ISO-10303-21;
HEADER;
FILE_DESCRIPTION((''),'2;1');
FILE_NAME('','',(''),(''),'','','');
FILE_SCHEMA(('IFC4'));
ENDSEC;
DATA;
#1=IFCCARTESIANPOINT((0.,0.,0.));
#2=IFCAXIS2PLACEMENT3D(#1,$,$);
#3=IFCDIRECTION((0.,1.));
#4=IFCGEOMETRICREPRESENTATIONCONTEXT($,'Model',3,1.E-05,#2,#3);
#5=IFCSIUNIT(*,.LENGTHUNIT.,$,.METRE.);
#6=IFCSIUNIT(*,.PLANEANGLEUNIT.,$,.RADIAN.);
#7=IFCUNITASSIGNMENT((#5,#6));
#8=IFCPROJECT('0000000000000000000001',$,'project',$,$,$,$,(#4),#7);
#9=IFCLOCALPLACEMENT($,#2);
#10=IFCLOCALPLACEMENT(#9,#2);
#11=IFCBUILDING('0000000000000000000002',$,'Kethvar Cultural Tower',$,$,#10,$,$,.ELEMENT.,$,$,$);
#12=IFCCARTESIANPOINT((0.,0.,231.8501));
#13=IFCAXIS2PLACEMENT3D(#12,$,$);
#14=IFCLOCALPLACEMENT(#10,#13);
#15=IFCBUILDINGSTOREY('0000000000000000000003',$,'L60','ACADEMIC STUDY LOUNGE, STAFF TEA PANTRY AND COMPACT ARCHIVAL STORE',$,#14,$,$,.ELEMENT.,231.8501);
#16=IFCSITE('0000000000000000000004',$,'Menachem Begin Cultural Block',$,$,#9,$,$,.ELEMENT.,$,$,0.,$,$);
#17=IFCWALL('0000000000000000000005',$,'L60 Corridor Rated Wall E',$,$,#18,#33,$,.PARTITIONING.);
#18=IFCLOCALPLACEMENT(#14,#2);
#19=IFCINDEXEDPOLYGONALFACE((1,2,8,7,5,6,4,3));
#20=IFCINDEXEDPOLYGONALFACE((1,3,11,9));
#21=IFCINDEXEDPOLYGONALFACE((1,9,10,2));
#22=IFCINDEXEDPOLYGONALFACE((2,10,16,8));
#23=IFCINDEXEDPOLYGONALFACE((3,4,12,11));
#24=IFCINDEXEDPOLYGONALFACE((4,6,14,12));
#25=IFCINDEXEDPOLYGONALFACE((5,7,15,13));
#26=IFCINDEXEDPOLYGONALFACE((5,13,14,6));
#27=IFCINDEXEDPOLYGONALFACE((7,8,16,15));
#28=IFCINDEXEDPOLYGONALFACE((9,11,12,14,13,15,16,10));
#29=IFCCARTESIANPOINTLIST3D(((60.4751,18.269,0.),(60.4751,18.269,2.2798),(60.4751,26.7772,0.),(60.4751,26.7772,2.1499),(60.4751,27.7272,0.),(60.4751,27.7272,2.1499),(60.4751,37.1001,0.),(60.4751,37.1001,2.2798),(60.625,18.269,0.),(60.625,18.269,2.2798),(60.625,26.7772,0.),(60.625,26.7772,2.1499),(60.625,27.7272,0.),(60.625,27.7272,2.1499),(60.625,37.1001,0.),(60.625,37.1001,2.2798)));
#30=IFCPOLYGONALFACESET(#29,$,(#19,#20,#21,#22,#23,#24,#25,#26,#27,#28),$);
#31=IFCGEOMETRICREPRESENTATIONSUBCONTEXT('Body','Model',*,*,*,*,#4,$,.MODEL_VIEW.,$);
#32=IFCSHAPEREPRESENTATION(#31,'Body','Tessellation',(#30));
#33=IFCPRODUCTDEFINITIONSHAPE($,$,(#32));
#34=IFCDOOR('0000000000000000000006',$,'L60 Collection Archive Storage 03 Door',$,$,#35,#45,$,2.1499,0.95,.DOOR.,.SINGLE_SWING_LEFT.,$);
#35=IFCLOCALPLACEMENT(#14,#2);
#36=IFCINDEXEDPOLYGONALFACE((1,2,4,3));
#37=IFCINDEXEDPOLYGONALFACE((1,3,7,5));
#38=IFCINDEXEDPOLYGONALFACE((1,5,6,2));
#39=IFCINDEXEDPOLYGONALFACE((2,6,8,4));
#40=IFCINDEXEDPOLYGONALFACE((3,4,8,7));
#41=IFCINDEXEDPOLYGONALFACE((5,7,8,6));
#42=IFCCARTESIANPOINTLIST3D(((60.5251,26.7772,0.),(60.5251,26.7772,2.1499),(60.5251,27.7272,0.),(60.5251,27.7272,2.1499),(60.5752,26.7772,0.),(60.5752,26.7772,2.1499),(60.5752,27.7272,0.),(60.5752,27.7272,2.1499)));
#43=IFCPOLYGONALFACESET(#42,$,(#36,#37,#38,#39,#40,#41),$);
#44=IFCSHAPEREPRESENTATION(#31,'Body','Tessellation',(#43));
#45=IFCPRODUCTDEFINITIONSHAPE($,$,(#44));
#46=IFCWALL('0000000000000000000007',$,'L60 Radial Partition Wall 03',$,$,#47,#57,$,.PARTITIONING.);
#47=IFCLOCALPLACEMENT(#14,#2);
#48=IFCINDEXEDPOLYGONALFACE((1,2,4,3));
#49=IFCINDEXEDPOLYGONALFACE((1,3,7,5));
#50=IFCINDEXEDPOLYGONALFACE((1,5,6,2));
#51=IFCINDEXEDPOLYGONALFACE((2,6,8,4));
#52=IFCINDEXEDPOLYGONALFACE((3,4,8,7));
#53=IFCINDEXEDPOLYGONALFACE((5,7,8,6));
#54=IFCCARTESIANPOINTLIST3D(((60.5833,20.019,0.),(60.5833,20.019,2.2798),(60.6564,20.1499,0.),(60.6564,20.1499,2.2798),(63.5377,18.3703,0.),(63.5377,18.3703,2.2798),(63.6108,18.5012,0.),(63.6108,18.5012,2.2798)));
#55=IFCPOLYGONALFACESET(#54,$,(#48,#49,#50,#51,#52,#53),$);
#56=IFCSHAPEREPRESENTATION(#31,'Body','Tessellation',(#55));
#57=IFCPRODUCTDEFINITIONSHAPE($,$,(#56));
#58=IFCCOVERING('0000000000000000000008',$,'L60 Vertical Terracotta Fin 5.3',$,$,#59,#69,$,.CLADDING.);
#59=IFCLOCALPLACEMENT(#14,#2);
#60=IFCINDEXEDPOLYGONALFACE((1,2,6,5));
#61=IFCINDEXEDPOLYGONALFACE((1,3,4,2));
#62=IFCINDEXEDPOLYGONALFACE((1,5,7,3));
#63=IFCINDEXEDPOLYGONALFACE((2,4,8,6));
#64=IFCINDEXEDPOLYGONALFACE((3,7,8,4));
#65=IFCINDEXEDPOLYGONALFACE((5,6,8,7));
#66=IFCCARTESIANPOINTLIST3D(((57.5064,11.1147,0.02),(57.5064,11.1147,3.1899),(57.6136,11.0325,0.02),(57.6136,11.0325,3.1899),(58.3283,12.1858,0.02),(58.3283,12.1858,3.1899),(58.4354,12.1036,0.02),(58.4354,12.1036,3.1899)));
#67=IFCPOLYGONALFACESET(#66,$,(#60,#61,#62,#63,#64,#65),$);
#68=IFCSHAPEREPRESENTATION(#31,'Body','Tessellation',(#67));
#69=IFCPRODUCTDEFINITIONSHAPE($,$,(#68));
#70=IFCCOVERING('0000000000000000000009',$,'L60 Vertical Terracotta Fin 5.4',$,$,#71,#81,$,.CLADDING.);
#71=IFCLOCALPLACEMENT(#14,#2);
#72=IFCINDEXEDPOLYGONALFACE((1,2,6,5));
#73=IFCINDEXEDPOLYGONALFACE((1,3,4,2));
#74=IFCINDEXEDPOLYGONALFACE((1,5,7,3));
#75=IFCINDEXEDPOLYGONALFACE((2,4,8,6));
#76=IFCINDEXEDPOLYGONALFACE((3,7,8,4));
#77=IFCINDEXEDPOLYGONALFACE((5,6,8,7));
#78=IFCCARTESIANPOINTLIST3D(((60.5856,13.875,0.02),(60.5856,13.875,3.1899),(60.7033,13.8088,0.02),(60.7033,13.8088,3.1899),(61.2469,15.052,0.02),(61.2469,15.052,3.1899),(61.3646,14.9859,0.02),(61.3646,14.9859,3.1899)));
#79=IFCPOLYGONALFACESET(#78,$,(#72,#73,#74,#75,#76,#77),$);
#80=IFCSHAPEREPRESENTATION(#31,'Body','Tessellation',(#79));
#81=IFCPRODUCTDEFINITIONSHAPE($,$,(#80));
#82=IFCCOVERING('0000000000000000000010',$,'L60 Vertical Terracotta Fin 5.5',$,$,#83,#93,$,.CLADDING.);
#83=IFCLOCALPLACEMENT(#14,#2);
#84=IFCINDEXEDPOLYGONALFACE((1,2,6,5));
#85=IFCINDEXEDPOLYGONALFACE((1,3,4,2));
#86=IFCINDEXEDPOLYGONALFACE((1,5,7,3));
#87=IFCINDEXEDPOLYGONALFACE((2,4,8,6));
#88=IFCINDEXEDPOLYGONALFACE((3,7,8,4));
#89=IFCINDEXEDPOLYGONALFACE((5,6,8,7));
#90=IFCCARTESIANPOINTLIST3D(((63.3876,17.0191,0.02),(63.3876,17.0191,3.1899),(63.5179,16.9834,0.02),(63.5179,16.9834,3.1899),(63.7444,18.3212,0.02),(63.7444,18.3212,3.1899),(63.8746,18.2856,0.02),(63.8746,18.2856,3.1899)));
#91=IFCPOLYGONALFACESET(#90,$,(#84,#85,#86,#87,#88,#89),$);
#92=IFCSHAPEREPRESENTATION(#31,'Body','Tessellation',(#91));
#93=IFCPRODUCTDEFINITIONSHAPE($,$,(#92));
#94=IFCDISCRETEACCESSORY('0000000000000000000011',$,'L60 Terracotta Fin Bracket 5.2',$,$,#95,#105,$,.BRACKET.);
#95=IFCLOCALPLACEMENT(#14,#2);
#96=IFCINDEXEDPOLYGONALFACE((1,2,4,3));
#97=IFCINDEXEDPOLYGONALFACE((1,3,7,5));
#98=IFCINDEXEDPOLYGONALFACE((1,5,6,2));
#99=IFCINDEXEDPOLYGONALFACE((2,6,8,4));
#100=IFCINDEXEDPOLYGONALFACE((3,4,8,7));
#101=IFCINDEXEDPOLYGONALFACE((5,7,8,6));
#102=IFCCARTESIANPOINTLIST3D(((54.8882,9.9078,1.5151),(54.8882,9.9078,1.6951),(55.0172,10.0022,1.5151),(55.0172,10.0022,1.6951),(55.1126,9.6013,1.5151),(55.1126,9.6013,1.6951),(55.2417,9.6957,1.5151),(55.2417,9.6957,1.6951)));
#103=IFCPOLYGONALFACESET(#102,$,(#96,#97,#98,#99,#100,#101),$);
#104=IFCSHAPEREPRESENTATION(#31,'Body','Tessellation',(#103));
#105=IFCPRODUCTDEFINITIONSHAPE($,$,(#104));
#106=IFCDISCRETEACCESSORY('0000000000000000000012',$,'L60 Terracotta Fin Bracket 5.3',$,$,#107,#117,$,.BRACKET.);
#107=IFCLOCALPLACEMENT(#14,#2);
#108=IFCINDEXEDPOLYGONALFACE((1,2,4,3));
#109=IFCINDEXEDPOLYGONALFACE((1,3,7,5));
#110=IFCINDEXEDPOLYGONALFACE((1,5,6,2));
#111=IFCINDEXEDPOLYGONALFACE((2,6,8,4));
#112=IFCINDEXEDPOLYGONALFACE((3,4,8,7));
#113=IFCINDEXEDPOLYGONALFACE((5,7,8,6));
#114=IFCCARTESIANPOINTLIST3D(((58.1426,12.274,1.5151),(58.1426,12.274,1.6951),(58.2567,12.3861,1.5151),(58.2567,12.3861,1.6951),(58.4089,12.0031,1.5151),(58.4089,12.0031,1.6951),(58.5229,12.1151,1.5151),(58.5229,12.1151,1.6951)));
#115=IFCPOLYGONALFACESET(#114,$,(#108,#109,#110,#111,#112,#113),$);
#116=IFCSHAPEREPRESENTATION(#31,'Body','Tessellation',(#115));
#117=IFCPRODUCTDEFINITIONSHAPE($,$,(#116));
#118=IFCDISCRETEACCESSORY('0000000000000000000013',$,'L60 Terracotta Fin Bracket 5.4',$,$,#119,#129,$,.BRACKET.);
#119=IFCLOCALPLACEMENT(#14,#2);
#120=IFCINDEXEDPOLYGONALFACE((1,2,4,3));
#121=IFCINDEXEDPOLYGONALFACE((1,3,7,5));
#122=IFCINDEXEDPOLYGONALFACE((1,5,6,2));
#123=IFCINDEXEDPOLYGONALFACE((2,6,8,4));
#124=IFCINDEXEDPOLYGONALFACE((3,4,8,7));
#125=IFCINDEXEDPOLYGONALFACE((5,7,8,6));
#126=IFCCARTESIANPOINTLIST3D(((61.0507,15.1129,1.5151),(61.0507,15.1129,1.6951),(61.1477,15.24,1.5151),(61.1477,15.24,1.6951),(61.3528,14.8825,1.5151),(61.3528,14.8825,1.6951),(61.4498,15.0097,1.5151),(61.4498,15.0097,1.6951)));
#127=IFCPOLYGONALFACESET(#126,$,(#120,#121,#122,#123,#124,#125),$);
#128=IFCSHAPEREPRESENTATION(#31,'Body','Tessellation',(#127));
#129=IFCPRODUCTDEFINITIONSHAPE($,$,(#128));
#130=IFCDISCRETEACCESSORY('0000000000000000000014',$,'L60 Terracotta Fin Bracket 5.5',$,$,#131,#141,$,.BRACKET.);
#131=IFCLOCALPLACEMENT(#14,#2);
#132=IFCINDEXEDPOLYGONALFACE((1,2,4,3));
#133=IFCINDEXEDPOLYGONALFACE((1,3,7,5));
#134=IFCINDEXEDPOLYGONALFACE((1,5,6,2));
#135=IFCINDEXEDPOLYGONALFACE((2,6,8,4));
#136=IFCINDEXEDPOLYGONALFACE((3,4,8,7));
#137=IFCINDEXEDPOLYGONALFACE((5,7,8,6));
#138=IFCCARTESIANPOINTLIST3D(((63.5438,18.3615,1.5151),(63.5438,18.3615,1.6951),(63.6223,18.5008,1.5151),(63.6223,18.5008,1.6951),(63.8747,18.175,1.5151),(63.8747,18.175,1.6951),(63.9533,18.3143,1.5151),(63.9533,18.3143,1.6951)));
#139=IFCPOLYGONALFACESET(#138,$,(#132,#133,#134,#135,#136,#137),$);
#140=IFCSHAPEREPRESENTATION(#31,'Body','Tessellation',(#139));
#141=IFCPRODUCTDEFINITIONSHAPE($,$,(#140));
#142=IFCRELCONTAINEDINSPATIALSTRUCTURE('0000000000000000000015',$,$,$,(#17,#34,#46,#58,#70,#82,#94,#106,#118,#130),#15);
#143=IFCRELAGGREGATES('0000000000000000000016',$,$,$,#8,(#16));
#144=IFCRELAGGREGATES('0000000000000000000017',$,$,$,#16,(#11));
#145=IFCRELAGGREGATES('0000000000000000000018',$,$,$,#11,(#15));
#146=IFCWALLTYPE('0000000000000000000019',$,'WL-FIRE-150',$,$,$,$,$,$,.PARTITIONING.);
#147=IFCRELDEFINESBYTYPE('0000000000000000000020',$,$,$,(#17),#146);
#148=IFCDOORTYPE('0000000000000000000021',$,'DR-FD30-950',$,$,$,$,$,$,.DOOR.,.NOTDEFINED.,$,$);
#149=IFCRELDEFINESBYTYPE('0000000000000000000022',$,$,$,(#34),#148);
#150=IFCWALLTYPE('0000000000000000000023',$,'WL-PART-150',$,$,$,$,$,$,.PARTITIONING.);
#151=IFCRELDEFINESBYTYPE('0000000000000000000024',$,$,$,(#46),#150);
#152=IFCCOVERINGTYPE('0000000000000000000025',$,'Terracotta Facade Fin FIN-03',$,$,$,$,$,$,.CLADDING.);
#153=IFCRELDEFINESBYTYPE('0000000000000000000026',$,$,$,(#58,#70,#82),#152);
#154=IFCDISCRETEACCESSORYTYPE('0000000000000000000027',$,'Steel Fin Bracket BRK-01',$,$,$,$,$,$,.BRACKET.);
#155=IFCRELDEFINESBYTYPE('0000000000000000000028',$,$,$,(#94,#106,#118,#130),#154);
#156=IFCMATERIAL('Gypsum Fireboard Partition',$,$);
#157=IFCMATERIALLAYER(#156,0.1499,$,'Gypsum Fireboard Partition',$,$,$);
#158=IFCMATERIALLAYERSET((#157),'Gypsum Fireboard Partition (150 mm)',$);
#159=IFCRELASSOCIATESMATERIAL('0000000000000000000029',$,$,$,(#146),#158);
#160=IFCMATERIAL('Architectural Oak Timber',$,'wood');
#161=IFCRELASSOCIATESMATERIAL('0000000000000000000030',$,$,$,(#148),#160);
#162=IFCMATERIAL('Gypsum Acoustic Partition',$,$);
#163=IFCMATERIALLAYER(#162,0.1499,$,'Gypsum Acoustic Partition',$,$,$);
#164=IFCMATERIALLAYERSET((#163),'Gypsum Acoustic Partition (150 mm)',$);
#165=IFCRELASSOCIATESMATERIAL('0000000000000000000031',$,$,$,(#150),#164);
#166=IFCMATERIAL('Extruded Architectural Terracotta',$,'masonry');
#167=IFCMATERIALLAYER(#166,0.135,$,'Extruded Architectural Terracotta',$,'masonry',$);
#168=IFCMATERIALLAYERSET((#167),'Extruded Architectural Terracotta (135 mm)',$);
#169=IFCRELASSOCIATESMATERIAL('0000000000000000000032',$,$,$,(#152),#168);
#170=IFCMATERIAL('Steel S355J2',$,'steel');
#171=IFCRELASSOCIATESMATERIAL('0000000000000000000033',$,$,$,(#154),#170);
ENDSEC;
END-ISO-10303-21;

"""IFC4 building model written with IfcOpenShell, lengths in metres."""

from ifc_helpers import new_model, si_unit, direction, frame, frame_2d, origin, origin_2d, place, context, subcontext, project, spatial, rectangle, extrude, source, transform, mapped, material, layer, layer_set, type_object, element, fill, save


model = new_model("IFC4")

# Units and contexts
model_context = context("Model", 3, precision=1e-05, world=origin(), true_north=direction((0.0, 1.0)))
body_context = subcontext(model_context, "Body", "Model", "MODEL_VIEW")
ifc_project = project(units=[si_unit("LENGTHUNIT", "METRE"), si_unit("PLANEANGLEUNIT", "RADIAN")], contexts=[model_context])

# Site, building, storey
site_placement = place(None, origin())
site = spatial("IfcSite", under=ifc_project, at=site_placement, Name="Menachem Begin Cultural Block", CompositionType="ELEMENT", RefElevation=0.0)
building_placement = place(site_placement, origin())
building = spatial("IfcBuilding", under=site, at=building_placement, Name="Kethvar Cultural Tower", CompositionType="ELEMENT")
storey_placement = place(building_placement, frame((0.0, 0.0, 231.8501)))
storey = spatial("IfcBuildingStorey", under=building, at=storey_placement, Name="L60", Description="ACADEMIC STUDY LOUNGE, STAFF TEA PANTRY AND COMPACT ARCHIVAL STORE", CompositionType="ELEMENT", Elevation=231.8501)

# Shared definitions
ifc_material_1 = material(Name="Steel S355J2", Category="steel")

# Wall, opening, door
ifc_material_2 = material(Name="Gypsum Fireboard Partition")
ifc_layer_1 = layer(ifc_material_2, 0.1499, Name="Gypsum Fireboard Partition")
ifc_layer_set_1 = layer_set([ifc_layer_1], Name="Gypsum Fireboard Partition (150 mm)")
wall_type_1 = type_object("IfcWallType", Name="WL-FIRE-150", PredefinedType="PARTITIONING", material=ifc_layer_set_1)
wall_1_placement = place(storey_placement, frame((60.55, 18.269, 0.0), z_axis=(0.0, 0.0, 1.0), x_axis=(0.0, 1.0, 0.0)))
wall_1 = element("IfcWall", 1, at=wall_1_placement, inside=storey, type_object=wall_type_1, Name="L60 Corridor Rated Wall E", PredefinedType="PARTITIONING", context=body_context, shape_type="SweptSolid", body=[
    extrude(rectangle(XDim=18.8311, YDim=0.1499, at=frame_2d((9.4155, 0.0))), origin(), (0.0, 0.0, 1.0), 2.2798),
])
opening_placement = place(wall_1_placement, frame((8.5081, 0.0, 0.0)))
opening = element("IfcOpeningElement", 2, at=opening_placement, cuts=wall_1, PredefinedType="OPENING", context=body_context, shape_type="SweptSolid", body=[
    extrude(rectangle(XDim=0.95, YDim=2.1499, at=frame_2d((0.4751, 1.075))), frame((0.0, 0.085, 0.0), z_axis=(0.0, -1.0, 0.0), x_axis=(1.0, 0.0, 0.0)), (0.0, 0.0, 1.0), 0.1699),
])
ifc_material_3 = material(Name="Architectural Oak Timber", Category="wood")
door_type = type_object("IfcDoorType", Name="DR-FD30-950", OperationType="NOTDEFINED", PredefinedType="DOOR", material=ifc_material_3)
shared_shape_1 = source(origin(), body_context, "Body", "SweptSolid", [
    extrude(rectangle(XDim=0.95, YDim=2.1499, at=frame_2d((0.4751, 1.075))), frame((0.0, 0.0249, 0.0), z_axis=(0.0, -1.0, 0.0), x_axis=(1.0, 0.0, 0.0)), (0.0, 0.0, 1.0), 0.05),
])
door_placement = place(opening_placement, origin())
door = element("IfcDoor", 3, at=door_placement, inside=storey, type_object=door_type, Name="L60 Collection Archive Storage 03 Door", OperationType="SINGLE_SWING_LEFT", OverallHeight=2.1499, OverallWidth=0.95, PredefinedType="DOOR", context=body_context, shape_type="MappedRepresentation", body=[
    mapped(shared_shape_1, transform((0.0, 0.0, 0.0), scale=1.0)),
])
fill(opening, door)

# Wall
ifc_material_4 = material(Name="Gypsum Acoustic Partition")
ifc_layer_2 = layer(ifc_material_4, 0.1499, Name="Gypsum Acoustic Partition")
ifc_layer_set_2 = layer_set([ifc_layer_2], Name="Gypsum Acoustic Partition (150 mm)")
wall_type_2 = type_object("IfcWallType", Name="WL-PART-150", PredefinedType="PARTITIONING", material=ifc_layer_set_2)
wall_2_placement = place(storey_placement, frame((60.6199, 20.0845, 0.0), z_axis=(0.0, 0.0, 1.0), x_axis=(0.87323, -0.487309, 0.0)))
element("IfcWall", 4, at=wall_2_placement, inside=storey, type_object=wall_type_2, Name="L60 Radial Partition Wall 03", PredefinedType="PARTITIONING", context=body_context, shape_type="SweptSolid", body=[
    extrude(rectangle(XDim=3.3833, YDim=0.1499, at=frame_2d((1.6917, 0.0))), origin(), (0.0, 0.0, 1.0), 2.2798),
])

# Coverings
ifc_material_5 = material(Name="Extruded Architectural Terracotta", Category="masonry")
ifc_layer_3 = layer(ifc_material_5, 0.135, Name="Extruded Architectural Terracotta", Category="masonry")
ifc_layer_set_3 = layer_set([ifc_layer_3], Name="Extruded Architectural Terracotta (135 mm)")
covering_type = type_object("IfcCoveringType", Name="Terracotta Facade Fin FIN-03", PredefinedType="CLADDING", material=ifc_layer_set_3)
shared_shape_2 = source(origin(), body_context, "Body", "SweptSolid", [
    extrude(rectangle(XDim=1.3501, YDim=0.135, at=origin_2d()), origin(), (0.0, 0.0, 1.0), 3.1699),
])
for number, where, z_axis, x_axis, name in (
    (5, (57.9709, 11.6091, 0.02), (0.0, 0.0, 1.0), (-0.608761, -0.793353, 0.0), "L60 Vertical Terracotta Fin 5.3"),
    (6, (60.9751, 14.4304, 0.02), (0.0, 0.0, 1.0), (-0.489839, -0.871813, 0.0), "L60 Vertical Terracotta Fin 5.4"),
    (7, (63.6311, 17.6523, 0.02), (0.0, 0.0, 1.0), (-0.26421, -0.964465, 0.0), "L60 Vertical Terracotta Fin 5.5"),
):
    element("IfcCovering", number, at=place(storey_placement, frame(where, z_axis=z_axis, x_axis=x_axis)), inside=storey, type_object=covering_type, Name=name, PredefinedType="CLADDING", context=body_context, shape_type="MappedRepresentation", body=[
        mapped(shared_shape_2, transform((0.0, 0.0, 0.0), scale=1.0)),
    ])

# Discrete accessories
discrete_accessory_type = type_object("IfcDiscreteAccessoryType", Name="Steel Fin Bracket BRK-01", PredefinedType="BRACKET", material=ifc_material_1)
shared_shape_3 = source(origin(), body_context, "Body", "SweptSolid", [
    extrude(rectangle(XDim=0.3799, YDim=0.1599, at=origin_2d()), origin(), (0.0, 0.0, 1.0), 0.1799),
])
for number, where, z_axis, x_axis, name in (
    (8, (55.0649, 9.8018, 1.5151), (0.0, 0.0, 1.0), (0.590746, -0.806857, 0.0), "L60 Terracotta Fin Bracket 5.2"),
    (9, (58.3328, 12.1946, 1.5151), (0.0, 0.0, 1.0), (0.700909, -0.71325, 0.0), "L60 Terracotta Fin Bracket 5.3"),
    (10, (61.2502, 15.0613, 1.5151), (0.0, 0.0, 1.0), (0.795156, -0.606405, 0.0), "L60 Terracotta Fin Bracket 5.4"),
    (11, (63.7485, 18.3379, 1.5151), (0.0, 0.0, 1.0), (0.871128, -0.491056, 0.0), "L60 Terracotta Fin Bracket 5.5"),
):
    element("IfcDiscreteAccessory", number, at=place(storey_placement, frame(where, z_axis=z_axis, x_axis=x_axis)), inside=storey, type_object=discrete_accessory_type, Name=name, PredefinedType="BRACKET", context=body_context, shape_type="MappedRepresentation", body=[
        mapped(shared_shape_3, transform((0.0, 0.0, 0.0), scale=1.0)),
    ])

save(model, "model.ifc")
